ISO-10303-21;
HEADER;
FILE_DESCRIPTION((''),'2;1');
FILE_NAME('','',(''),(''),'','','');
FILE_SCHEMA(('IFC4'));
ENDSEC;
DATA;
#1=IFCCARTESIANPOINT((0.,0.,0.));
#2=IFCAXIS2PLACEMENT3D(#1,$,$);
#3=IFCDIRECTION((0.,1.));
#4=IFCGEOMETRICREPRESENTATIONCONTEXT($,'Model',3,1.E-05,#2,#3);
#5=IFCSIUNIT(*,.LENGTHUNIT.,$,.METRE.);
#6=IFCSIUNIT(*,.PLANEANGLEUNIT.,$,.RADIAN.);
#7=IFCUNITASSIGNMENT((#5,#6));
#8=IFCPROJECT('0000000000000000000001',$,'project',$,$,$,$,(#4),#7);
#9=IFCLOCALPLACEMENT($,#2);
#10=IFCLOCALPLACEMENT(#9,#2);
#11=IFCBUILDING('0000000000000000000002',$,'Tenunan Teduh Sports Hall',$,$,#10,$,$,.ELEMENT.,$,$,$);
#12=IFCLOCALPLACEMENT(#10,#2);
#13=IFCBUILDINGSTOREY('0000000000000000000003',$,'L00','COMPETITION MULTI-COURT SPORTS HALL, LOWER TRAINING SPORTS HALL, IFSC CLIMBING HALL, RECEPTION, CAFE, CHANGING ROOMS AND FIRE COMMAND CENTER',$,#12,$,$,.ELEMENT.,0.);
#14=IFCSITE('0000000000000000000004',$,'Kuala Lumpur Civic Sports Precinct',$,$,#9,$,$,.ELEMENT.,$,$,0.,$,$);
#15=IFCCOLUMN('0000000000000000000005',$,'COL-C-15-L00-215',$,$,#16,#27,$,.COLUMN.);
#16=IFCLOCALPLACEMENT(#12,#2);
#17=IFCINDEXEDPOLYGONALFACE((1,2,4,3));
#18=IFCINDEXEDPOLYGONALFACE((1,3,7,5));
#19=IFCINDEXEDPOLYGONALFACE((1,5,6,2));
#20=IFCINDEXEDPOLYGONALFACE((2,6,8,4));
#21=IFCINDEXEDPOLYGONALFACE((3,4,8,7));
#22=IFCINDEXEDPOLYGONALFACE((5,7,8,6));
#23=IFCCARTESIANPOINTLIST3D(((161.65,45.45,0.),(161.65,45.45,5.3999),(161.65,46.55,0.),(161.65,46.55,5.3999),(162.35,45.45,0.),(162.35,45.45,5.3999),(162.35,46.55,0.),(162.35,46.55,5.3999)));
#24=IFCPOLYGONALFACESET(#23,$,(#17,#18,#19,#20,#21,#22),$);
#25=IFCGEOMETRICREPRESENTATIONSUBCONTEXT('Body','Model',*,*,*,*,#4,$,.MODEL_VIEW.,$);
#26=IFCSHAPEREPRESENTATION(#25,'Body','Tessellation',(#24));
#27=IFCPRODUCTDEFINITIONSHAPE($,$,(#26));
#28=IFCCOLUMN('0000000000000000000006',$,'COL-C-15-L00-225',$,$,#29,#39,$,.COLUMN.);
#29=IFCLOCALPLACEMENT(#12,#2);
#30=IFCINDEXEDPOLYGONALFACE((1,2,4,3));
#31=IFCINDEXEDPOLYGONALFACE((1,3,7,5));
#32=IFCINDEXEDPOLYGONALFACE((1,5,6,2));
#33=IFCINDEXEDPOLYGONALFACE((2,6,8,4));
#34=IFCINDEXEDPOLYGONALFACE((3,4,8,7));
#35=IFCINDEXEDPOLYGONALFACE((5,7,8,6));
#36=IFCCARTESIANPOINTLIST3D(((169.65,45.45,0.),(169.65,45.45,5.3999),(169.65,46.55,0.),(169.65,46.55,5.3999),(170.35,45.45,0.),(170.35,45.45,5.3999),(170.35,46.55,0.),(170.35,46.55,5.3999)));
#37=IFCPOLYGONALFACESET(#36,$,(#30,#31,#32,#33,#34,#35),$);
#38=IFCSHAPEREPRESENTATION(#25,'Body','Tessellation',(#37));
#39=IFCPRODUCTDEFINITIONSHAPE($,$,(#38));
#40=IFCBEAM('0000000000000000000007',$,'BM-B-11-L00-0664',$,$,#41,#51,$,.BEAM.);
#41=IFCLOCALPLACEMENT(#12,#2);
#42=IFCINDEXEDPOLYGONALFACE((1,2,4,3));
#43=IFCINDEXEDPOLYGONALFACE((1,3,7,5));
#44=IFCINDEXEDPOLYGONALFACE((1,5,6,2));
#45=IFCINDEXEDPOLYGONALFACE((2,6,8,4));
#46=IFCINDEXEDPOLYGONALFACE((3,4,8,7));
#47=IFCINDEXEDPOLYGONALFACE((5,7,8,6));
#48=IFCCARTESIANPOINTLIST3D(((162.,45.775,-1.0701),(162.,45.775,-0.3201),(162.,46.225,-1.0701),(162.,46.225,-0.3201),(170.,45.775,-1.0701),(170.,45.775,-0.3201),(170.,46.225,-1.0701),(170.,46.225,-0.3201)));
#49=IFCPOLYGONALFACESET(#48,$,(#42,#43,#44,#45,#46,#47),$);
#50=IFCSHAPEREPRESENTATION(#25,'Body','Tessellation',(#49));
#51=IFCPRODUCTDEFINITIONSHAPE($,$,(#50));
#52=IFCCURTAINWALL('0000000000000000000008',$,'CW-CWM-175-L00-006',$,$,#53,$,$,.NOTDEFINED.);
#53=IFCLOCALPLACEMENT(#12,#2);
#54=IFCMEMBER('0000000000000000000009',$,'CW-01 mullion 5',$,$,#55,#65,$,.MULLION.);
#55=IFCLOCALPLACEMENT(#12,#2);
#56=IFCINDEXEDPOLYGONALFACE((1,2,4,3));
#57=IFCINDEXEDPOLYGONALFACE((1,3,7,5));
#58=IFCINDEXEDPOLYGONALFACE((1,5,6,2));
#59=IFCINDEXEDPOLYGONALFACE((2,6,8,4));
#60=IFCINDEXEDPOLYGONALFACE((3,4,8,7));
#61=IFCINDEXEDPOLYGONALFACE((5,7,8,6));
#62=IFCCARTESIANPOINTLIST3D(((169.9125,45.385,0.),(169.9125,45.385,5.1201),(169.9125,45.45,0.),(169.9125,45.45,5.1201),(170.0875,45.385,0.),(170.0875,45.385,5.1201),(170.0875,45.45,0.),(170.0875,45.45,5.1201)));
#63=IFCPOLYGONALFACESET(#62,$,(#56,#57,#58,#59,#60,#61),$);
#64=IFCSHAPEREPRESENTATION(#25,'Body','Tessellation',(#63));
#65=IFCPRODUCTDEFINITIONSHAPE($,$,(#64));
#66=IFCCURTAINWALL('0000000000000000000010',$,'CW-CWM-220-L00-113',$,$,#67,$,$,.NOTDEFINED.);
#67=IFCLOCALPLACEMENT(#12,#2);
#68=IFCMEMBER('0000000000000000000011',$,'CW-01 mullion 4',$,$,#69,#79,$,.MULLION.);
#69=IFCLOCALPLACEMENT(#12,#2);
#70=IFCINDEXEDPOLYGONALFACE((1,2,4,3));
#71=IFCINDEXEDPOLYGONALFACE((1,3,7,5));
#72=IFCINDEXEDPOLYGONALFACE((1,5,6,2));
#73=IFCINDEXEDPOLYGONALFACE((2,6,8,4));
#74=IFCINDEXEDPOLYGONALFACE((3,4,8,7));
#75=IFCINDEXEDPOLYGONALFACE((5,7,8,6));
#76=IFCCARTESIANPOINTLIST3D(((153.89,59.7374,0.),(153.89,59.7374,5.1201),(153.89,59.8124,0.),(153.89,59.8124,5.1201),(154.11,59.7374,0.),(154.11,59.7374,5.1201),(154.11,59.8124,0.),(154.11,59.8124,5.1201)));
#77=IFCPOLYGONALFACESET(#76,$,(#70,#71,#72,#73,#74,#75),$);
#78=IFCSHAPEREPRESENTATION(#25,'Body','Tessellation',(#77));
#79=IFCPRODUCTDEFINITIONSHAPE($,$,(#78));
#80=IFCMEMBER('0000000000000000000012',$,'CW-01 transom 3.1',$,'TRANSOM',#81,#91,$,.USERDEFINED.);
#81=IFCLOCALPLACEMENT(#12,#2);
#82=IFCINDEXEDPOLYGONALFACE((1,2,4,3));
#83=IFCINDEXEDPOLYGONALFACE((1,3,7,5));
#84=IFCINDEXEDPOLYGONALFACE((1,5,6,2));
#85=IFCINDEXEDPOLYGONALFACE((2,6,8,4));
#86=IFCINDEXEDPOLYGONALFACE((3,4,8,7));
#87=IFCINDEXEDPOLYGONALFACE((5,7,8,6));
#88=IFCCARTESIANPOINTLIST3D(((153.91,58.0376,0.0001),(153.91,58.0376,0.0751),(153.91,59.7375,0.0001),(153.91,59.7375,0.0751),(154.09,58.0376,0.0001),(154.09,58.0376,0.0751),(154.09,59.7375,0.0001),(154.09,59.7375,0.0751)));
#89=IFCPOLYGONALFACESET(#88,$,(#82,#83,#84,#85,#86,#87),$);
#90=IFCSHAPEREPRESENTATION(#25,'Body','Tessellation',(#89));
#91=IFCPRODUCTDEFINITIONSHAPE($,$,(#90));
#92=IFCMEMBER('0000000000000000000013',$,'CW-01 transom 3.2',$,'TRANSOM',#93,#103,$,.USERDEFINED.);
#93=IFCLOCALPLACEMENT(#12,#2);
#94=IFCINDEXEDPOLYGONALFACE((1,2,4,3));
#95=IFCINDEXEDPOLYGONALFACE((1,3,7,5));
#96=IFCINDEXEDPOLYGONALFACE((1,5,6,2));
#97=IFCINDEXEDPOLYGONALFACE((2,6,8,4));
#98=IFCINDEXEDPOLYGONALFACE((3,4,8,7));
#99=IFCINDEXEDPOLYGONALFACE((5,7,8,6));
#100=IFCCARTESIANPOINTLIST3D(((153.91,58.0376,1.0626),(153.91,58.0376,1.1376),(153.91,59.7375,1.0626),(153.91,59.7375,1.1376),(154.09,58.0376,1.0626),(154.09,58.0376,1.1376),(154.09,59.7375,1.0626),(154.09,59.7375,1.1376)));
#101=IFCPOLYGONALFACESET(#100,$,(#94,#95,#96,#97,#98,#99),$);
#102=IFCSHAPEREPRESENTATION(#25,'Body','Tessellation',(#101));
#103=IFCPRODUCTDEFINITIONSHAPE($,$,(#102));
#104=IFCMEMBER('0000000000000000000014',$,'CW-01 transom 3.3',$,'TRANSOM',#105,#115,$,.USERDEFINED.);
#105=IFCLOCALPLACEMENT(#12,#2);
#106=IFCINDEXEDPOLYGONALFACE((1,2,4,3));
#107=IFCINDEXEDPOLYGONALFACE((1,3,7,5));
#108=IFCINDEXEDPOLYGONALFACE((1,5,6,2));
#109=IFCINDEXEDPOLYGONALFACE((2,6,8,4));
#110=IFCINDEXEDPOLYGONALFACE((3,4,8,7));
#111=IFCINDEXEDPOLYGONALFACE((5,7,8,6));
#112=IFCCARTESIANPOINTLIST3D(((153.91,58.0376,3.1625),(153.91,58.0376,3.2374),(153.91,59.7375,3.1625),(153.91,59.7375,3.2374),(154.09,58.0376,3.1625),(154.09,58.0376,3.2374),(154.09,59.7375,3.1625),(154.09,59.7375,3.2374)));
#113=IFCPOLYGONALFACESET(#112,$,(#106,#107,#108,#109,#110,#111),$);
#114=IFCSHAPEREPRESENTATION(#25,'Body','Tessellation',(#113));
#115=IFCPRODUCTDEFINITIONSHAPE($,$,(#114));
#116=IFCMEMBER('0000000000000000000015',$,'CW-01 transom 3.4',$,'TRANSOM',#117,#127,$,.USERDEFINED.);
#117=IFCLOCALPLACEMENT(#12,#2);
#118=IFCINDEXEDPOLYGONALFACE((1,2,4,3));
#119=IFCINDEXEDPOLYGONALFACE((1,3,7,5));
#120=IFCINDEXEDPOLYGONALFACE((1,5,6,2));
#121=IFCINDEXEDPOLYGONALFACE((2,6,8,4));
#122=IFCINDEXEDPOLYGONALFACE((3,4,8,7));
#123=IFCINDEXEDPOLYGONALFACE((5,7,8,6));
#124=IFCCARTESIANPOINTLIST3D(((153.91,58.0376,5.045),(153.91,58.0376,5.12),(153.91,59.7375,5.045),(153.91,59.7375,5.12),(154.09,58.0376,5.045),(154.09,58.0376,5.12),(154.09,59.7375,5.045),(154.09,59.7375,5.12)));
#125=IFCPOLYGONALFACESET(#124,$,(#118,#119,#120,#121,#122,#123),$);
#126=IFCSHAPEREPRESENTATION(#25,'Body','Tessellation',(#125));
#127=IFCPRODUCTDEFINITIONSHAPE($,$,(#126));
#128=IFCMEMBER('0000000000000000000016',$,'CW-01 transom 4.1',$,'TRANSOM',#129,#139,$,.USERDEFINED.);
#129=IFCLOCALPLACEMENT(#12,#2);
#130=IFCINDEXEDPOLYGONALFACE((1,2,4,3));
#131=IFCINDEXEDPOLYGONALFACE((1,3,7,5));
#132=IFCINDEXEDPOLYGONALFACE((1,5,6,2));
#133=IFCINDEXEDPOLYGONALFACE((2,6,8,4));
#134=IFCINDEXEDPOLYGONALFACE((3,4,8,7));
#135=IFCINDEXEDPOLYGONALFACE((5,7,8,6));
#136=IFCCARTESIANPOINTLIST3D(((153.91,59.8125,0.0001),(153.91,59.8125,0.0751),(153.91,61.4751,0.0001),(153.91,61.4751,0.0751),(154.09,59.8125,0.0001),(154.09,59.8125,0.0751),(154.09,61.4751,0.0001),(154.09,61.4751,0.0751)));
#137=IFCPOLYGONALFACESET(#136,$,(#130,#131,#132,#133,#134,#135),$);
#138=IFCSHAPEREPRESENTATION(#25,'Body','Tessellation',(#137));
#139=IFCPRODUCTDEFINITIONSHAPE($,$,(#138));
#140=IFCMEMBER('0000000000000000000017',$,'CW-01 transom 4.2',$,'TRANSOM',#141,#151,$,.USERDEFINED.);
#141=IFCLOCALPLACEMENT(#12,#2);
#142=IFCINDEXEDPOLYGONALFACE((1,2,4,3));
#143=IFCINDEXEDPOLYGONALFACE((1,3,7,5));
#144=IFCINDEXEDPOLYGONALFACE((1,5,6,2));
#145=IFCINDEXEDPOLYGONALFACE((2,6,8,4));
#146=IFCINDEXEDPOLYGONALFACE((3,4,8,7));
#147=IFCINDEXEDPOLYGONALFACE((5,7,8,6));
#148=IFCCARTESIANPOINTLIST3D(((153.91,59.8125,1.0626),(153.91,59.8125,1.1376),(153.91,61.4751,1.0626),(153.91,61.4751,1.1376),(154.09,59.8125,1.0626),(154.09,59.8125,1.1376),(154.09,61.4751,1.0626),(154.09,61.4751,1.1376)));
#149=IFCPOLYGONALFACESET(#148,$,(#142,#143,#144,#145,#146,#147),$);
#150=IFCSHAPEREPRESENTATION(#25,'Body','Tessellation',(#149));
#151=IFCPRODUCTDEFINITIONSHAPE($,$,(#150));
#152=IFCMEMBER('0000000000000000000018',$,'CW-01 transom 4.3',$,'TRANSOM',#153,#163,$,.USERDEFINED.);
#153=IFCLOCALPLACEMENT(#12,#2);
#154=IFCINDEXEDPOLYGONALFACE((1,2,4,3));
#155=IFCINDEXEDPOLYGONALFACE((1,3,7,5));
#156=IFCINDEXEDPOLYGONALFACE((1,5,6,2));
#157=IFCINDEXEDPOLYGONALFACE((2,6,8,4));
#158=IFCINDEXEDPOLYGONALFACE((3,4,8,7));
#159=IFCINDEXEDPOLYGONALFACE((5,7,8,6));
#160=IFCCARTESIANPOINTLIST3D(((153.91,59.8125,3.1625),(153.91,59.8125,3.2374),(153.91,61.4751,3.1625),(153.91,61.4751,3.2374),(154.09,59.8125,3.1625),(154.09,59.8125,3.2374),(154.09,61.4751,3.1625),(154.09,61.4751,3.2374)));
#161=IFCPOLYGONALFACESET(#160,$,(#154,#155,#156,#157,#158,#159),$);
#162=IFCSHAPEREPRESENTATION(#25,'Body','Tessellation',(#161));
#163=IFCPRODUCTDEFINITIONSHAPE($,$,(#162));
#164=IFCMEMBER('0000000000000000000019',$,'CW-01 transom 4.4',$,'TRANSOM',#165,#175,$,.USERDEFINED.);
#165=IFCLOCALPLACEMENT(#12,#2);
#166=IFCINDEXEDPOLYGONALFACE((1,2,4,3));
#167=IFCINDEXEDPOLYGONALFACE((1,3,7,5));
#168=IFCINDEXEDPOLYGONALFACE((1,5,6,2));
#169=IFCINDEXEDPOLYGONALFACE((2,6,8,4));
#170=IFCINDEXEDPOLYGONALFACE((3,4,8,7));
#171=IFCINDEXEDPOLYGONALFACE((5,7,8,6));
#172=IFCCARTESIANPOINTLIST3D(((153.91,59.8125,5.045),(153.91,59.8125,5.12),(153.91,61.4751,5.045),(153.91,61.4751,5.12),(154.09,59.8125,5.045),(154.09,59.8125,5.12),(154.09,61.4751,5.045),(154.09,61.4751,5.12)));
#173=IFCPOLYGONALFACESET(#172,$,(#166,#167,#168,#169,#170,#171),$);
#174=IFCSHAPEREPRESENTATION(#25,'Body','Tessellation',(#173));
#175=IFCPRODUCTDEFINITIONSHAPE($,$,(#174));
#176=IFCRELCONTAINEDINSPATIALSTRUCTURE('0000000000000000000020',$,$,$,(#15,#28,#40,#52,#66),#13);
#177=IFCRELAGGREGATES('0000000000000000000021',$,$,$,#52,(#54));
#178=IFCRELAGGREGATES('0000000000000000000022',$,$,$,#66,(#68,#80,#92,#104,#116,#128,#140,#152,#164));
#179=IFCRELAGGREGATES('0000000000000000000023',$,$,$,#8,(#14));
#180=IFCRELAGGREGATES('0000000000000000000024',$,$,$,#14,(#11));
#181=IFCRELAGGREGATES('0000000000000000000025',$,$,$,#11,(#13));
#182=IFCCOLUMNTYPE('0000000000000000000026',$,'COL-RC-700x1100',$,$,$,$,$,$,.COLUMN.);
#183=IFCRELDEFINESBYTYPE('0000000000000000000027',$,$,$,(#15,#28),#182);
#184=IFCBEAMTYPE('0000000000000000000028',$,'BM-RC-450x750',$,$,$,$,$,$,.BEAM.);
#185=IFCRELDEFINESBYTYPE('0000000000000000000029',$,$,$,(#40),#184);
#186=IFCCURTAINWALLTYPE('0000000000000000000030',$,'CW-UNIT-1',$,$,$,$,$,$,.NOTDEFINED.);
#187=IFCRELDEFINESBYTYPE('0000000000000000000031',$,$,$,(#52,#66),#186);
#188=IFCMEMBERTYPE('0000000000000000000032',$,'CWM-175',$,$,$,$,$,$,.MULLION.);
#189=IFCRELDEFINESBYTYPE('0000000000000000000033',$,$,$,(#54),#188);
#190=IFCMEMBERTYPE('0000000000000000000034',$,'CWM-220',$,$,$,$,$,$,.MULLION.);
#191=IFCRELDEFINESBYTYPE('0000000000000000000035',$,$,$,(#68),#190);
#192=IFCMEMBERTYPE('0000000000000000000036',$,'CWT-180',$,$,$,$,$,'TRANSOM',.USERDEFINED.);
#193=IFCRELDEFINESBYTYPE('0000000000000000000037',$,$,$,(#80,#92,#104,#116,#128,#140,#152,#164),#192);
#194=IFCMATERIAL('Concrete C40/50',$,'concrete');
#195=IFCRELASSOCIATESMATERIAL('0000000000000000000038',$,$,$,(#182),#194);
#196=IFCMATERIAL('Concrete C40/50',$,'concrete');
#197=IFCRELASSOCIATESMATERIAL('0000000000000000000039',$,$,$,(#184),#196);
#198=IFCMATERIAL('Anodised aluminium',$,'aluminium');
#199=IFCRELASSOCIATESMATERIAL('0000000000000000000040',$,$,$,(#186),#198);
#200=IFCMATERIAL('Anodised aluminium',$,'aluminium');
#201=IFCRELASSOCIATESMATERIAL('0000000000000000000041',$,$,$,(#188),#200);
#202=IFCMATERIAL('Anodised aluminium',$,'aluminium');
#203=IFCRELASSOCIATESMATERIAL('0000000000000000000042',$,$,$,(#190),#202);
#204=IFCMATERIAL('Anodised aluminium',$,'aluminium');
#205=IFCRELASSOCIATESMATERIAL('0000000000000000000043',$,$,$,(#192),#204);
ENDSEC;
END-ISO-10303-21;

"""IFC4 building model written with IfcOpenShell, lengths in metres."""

from ifc_helpers import new_model, si_unit, direction, frame, origin, origin_2d, place, context, subcontext, project, spatial, rectangle, extrude, material, material_profile, profile_set, type_object, element, aggregate, save


model = new_model("IFC4")

# Units and contexts
model_context = context("Model", 3, precision=1e-05, world=origin(), true_north=direction((0.0, 1.0)))
body_context = subcontext(model_context, "Body", "Model", "MODEL_VIEW")
ifc_project = project(units=[si_unit("LENGTHUNIT", "METRE"), si_unit("PLANEANGLEUNIT", "RADIAN")], contexts=[model_context])

# Site, building, storey
site_placement = place(None, origin())
site = spatial("IfcSite", under=ifc_project, at=site_placement, Name="Kuala Lumpur Civic Sports Precinct", CompositionType="ELEMENT", RefElevation=0.0)
building_placement = place(site_placement, origin())
building = spatial("IfcBuilding", under=site, at=building_placement, Name="Tenunan Teduh Sports Hall", CompositionType="ELEMENT")
storey_placement = place(building_placement, origin())
storey = spatial("IfcBuildingStorey", under=building, at=storey_placement, Name="L00", Description="COMPETITION MULTI-COURT SPORTS HALL, LOWER TRAINING SPORTS HALL, IFSC CLIMBING HALL, RECEPTION, CAFE, CHANGING ROOMS AND FIRE COMMAND CENTER", CompositionType="ELEMENT", Elevation=0.0)

# Columns
ifc_material_1 = material(Name="Concrete C40/50", Category="concrete")
ifc_material_profile_1 = material_profile(ifc_material_1, rectangle(XDim=0.7, YDim=1.1001, at=origin_2d()), Name="RC 700x1100")
ifc_profile_set_1 = profile_set([ifc_material_profile_1], Name="Concrete C40/50")
column_type = type_object("IfcColumnType", Name="COL-RC-700x1100", PredefinedType="COLUMN", material=ifc_profile_set_1)
for number, where, z_axis, x_axis, name in (
    (1, (162.0, 46.0, 0.0), (0.0, 0.0, 1.0), (1.0, 0.0, 0.0), "COL-C-15-L00-215"),
    (2, (170.0, 46.0, 0.0), (0.0, 0.0, 1.0), (1.0, 0.0, 0.0), "COL-C-15-L00-225"),
):
    element("IfcColumn", number, at=place(storey_placement, frame(where, z_axis=z_axis, x_axis=x_axis)), inside=storey, type_object=column_type, Name=name, PredefinedType="COLUMN", context=body_context, shape_type="SweptSolid", body=[
        extrude(rectangle(XDim=0.7, YDim=1.1001, at=origin_2d()), origin(), (0.0, 0.0, 1.0), 5.3999),
    ])

# Beam
ifc_material_2 = material(Name="Concrete C40/50", Category="concrete")
ifc_material_profile_2 = material_profile(ifc_material_2, rectangle(XDim=0.45, YDim=0.75, at=origin_2d()), Name="RCB 450x750")
ifc_profile_set_2 = profile_set([ifc_material_profile_2], Name="Concrete C40/50")
beam_type = type_object("IfcBeamType", Name="BM-RC-450x750", PredefinedType="BEAM", material=ifc_profile_set_2)
beam_placement = place(storey_placement, frame((162.0, 46.0, -0.6951), z_axis=(1.0, 0.0, 0.0), x_axis=(0.0, 1.0, 0.0)))
element("IfcBeam", 3, at=beam_placement, inside=storey, type_object=beam_type, Name="BM-B-11-L00-0664", PredefinedType="BEAM", context=body_context, shape_type="SweptSolid", body=[
    extrude(rectangle(XDim=0.45, YDim=0.75, at=origin_2d()), origin(), (0.0, 0.0, 1.0), 8.0),
])

# Curtain wall, member
ifc_material_3 = material(Name="Anodised aluminium", Category="aluminium")
curtain_wall_type = type_object("IfcCurtainWallType", Name="CW-UNIT-1", PredefinedType="NOTDEFINED", material=ifc_material_3)
curtain_wall_1_placement = place(storey_placement, origin())
curtain_wall_1 = element("IfcCurtainWall", 4, at=curtain_wall_1_placement, inside=storey, type_object=curtain_wall_type, Name="CW-CWM-175-L00-006", PredefinedType="NOTDEFINED")
ifc_material_4 = material(Name="Anodised aluminium", Category="aluminium")
ifc_material_profile_3 = material_profile(ifc_material_4, rectangle(XDim=0.0649, YDim=0.175, at=origin_2d()), Name="CWM 65x175")
ifc_profile_set_3 = profile_set([ifc_material_profile_3], Name="Anodised aluminium")
member_type_1 = type_object("IfcMemberType", Name="CWM-175", PredefinedType="MULLION", material=ifc_profile_set_3)
member_1_placement = place(storey_placement, frame((170.0, 45.4175, 0.0), z_axis=(0.0, 0.0, 1.0), x_axis=(0.0, 1.0, 0.0)))
member_1 = element("IfcMember", 5, at=member_1_placement, type_object=member_type_1, Name="CW-01 mullion 5", PredefinedType="MULLION", context=body_context, shape_type="SweptSolid", body=[
    extrude(rectangle(XDim=0.0649, YDim=0.175, at=origin_2d()), origin(), (0.0, 0.0, 1.0), 5.1201),
])

# Curtain wall, members
curtain_wall_2_placement = place(storey_placement, origin())
curtain_wall_2 = element("IfcCurtainWall", 6, at=curtain_wall_2_placement, inside=storey, type_object=curtain_wall_type, Name="CW-CWM-220-L00-113", PredefinedType="NOTDEFINED")
ifc_material_5 = material(Name="Anodised aluminium", Category="aluminium")
ifc_material_profile_4 = material_profile(ifc_material_5, rectangle(XDim=0.075, YDim=0.22, at=origin_2d()), Name="CWM 75x220")
ifc_profile_set_4 = profile_set([ifc_material_profile_4], Name="Anodised aluminium")
member_type_2 = type_object("IfcMemberType", Name="CWM-220", PredefinedType="MULLION", material=ifc_profile_set_4)
member_2_placement = place(storey_placement, frame((154.0, 59.7749, 0.0), z_axis=(0.0, 0.0, 1.0), x_axis=(0.0, 1.0, 0.0)))
member_2 = element("IfcMember", 7, at=member_2_placement, type_object=member_type_2, Name="CW-01 mullion 4", PredefinedType="MULLION", context=body_context, shape_type="SweptSolid", body=[
    extrude(rectangle(XDim=0.075, YDim=0.22, at=origin_2d()), origin(), (0.0, 0.0, 1.0), 5.1201),
])
ifc_material_6 = material(Name="Anodised aluminium", Category="aluminium")
ifc_material_profile_5 = material_profile(ifc_material_6, rectangle(XDim=0.075, YDim=0.1799, at=origin_2d()), Name="CWT 75x180")
ifc_profile_set_5 = profile_set([ifc_material_profile_5], Name="Anodised aluminium")
member_type_3 = type_object("IfcMemberType", Name="CWT-180", ElementType="TRANSOM", PredefinedType="USERDEFINED", material=ifc_profile_set_5)
member_3_placement = place(storey_placement, frame((154.0, 58.0376, 0.0376), z_axis=(0.0, 1.0, 0.0), x_axis=(0.0, 0.0, 1.0)))
member_3 = element("IfcMember", 8, at=member_3_placement, type_object=member_type_3, Name="CW-01 transom 3.1", ObjectType="TRANSOM", PredefinedType="USERDEFINED", context=body_context, shape_type="SweptSolid", body=[
    extrude(rectangle(XDim=0.075, YDim=0.1799, at=origin_2d()), origin(), (0.0, 0.0, 1.0), 1.7),
])
member_4_placement = place(storey_placement, frame((154.0, 58.0376, 1.1001), z_axis=(0.0, 1.0, 0.0), x_axis=(0.0, 0.0, 1.0)))
member_4 = element("IfcMember", 9, at=member_4_placement, type_object=member_type_3, Name="CW-01 transom 3.2", ObjectType="TRANSOM", PredefinedType="USERDEFINED", context=body_context, shape_type="SweptSolid", body=[
    extrude(rectangle(XDim=0.075, YDim=0.1799, at=origin_2d()), origin(), (0.0, 0.0, 1.0), 1.7),
])
member_5_placement = place(storey_placement, frame((154.0, 58.0376, 3.2), z_axis=(0.0, 1.0, 0.0), x_axis=(0.0, 0.0, 1.0)))
member_5 = element("IfcMember", 10, at=member_5_placement, type_object=member_type_3, Name="CW-01 transom 3.3", ObjectType="TRANSOM", PredefinedType="USERDEFINED", context=body_context, shape_type="SweptSolid", body=[
    extrude(rectangle(XDim=0.075, YDim=0.1799, at=origin_2d()), origin(), (0.0, 0.0, 1.0), 1.7),
])
member_6_placement = place(storey_placement, frame((154.0, 58.0376, 5.0825), z_axis=(0.0, 1.0, 0.0), x_axis=(0.0, 0.0, 1.0)))
member_6 = element("IfcMember", 11, at=member_6_placement, type_object=member_type_3, Name="CW-01 transom 3.4", ObjectType="TRANSOM", PredefinedType="USERDEFINED", context=body_context, shape_type="SweptSolid", body=[
    extrude(rectangle(XDim=0.075, YDim=0.1799, at=origin_2d()), origin(), (0.0, 0.0, 1.0), 1.7),
])
member_7_placement = place(storey_placement, frame((154.0, 59.8125, 0.0376), z_axis=(0.0, 1.0, 0.0), x_axis=(0.0, 0.0, 1.0)))
member_7 = element("IfcMember", 12, at=member_7_placement, type_object=member_type_3, Name="CW-01 transom 4.1", ObjectType="TRANSOM", PredefinedType="USERDEFINED", context=body_context, shape_type="SweptSolid", body=[
    extrude(rectangle(XDim=0.075, YDim=0.1799, at=origin_2d()), origin(), (0.0, 0.0, 1.0), 1.6626),
])
member_8_placement = place(storey_placement, frame((154.0, 59.8125, 1.1001), z_axis=(0.0, 1.0, 0.0), x_axis=(0.0, 0.0, 1.0)))
member_8 = element("IfcMember", 13, at=member_8_placement, type_object=member_type_3, Name="CW-01 transom 4.2", ObjectType="TRANSOM", PredefinedType="USERDEFINED", context=body_context, shape_type="SweptSolid", body=[
    extrude(rectangle(XDim=0.075, YDim=0.1799, at=origin_2d()), origin(), (0.0, 0.0, 1.0), 1.6626),
])
member_9_placement = place(storey_placement, frame((154.0, 59.8125, 3.2), z_axis=(0.0, 1.0, 0.0), x_axis=(0.0, 0.0, 1.0)))
member_9 = element("IfcMember", 14, at=member_9_placement, type_object=member_type_3, Name="CW-01 transom 4.3", ObjectType="TRANSOM", PredefinedType="USERDEFINED", context=body_context, shape_type="SweptSolid", body=[
    extrude(rectangle(XDim=0.075, YDim=0.1799, at=origin_2d()), origin(), (0.0, 0.0, 1.0), 1.6626),
])
member_10_placement = place(storey_placement, frame((154.0, 59.8125, 5.0825), z_axis=(0.0, 1.0, 0.0), x_axis=(0.0, 0.0, 1.0)))
member_10 = element("IfcMember", 15, at=member_10_placement, type_object=member_type_3, Name="CW-01 transom 4.4", ObjectType="TRANSOM", PredefinedType="USERDEFINED", context=body_context, shape_type="SweptSolid", body=[
    extrude(rectangle(XDim=0.075, YDim=0.1799, at=origin_2d()), origin(), (0.0, 0.0, 1.0), 1.6626),
])

aggregate(curtain_wall_1, [member_1])
aggregate(curtain_wall_2, [member_2, member_3, member_4, member_5, member_6, member_7, member_8, member_9, member_10])

save(model, "model.ifc")
